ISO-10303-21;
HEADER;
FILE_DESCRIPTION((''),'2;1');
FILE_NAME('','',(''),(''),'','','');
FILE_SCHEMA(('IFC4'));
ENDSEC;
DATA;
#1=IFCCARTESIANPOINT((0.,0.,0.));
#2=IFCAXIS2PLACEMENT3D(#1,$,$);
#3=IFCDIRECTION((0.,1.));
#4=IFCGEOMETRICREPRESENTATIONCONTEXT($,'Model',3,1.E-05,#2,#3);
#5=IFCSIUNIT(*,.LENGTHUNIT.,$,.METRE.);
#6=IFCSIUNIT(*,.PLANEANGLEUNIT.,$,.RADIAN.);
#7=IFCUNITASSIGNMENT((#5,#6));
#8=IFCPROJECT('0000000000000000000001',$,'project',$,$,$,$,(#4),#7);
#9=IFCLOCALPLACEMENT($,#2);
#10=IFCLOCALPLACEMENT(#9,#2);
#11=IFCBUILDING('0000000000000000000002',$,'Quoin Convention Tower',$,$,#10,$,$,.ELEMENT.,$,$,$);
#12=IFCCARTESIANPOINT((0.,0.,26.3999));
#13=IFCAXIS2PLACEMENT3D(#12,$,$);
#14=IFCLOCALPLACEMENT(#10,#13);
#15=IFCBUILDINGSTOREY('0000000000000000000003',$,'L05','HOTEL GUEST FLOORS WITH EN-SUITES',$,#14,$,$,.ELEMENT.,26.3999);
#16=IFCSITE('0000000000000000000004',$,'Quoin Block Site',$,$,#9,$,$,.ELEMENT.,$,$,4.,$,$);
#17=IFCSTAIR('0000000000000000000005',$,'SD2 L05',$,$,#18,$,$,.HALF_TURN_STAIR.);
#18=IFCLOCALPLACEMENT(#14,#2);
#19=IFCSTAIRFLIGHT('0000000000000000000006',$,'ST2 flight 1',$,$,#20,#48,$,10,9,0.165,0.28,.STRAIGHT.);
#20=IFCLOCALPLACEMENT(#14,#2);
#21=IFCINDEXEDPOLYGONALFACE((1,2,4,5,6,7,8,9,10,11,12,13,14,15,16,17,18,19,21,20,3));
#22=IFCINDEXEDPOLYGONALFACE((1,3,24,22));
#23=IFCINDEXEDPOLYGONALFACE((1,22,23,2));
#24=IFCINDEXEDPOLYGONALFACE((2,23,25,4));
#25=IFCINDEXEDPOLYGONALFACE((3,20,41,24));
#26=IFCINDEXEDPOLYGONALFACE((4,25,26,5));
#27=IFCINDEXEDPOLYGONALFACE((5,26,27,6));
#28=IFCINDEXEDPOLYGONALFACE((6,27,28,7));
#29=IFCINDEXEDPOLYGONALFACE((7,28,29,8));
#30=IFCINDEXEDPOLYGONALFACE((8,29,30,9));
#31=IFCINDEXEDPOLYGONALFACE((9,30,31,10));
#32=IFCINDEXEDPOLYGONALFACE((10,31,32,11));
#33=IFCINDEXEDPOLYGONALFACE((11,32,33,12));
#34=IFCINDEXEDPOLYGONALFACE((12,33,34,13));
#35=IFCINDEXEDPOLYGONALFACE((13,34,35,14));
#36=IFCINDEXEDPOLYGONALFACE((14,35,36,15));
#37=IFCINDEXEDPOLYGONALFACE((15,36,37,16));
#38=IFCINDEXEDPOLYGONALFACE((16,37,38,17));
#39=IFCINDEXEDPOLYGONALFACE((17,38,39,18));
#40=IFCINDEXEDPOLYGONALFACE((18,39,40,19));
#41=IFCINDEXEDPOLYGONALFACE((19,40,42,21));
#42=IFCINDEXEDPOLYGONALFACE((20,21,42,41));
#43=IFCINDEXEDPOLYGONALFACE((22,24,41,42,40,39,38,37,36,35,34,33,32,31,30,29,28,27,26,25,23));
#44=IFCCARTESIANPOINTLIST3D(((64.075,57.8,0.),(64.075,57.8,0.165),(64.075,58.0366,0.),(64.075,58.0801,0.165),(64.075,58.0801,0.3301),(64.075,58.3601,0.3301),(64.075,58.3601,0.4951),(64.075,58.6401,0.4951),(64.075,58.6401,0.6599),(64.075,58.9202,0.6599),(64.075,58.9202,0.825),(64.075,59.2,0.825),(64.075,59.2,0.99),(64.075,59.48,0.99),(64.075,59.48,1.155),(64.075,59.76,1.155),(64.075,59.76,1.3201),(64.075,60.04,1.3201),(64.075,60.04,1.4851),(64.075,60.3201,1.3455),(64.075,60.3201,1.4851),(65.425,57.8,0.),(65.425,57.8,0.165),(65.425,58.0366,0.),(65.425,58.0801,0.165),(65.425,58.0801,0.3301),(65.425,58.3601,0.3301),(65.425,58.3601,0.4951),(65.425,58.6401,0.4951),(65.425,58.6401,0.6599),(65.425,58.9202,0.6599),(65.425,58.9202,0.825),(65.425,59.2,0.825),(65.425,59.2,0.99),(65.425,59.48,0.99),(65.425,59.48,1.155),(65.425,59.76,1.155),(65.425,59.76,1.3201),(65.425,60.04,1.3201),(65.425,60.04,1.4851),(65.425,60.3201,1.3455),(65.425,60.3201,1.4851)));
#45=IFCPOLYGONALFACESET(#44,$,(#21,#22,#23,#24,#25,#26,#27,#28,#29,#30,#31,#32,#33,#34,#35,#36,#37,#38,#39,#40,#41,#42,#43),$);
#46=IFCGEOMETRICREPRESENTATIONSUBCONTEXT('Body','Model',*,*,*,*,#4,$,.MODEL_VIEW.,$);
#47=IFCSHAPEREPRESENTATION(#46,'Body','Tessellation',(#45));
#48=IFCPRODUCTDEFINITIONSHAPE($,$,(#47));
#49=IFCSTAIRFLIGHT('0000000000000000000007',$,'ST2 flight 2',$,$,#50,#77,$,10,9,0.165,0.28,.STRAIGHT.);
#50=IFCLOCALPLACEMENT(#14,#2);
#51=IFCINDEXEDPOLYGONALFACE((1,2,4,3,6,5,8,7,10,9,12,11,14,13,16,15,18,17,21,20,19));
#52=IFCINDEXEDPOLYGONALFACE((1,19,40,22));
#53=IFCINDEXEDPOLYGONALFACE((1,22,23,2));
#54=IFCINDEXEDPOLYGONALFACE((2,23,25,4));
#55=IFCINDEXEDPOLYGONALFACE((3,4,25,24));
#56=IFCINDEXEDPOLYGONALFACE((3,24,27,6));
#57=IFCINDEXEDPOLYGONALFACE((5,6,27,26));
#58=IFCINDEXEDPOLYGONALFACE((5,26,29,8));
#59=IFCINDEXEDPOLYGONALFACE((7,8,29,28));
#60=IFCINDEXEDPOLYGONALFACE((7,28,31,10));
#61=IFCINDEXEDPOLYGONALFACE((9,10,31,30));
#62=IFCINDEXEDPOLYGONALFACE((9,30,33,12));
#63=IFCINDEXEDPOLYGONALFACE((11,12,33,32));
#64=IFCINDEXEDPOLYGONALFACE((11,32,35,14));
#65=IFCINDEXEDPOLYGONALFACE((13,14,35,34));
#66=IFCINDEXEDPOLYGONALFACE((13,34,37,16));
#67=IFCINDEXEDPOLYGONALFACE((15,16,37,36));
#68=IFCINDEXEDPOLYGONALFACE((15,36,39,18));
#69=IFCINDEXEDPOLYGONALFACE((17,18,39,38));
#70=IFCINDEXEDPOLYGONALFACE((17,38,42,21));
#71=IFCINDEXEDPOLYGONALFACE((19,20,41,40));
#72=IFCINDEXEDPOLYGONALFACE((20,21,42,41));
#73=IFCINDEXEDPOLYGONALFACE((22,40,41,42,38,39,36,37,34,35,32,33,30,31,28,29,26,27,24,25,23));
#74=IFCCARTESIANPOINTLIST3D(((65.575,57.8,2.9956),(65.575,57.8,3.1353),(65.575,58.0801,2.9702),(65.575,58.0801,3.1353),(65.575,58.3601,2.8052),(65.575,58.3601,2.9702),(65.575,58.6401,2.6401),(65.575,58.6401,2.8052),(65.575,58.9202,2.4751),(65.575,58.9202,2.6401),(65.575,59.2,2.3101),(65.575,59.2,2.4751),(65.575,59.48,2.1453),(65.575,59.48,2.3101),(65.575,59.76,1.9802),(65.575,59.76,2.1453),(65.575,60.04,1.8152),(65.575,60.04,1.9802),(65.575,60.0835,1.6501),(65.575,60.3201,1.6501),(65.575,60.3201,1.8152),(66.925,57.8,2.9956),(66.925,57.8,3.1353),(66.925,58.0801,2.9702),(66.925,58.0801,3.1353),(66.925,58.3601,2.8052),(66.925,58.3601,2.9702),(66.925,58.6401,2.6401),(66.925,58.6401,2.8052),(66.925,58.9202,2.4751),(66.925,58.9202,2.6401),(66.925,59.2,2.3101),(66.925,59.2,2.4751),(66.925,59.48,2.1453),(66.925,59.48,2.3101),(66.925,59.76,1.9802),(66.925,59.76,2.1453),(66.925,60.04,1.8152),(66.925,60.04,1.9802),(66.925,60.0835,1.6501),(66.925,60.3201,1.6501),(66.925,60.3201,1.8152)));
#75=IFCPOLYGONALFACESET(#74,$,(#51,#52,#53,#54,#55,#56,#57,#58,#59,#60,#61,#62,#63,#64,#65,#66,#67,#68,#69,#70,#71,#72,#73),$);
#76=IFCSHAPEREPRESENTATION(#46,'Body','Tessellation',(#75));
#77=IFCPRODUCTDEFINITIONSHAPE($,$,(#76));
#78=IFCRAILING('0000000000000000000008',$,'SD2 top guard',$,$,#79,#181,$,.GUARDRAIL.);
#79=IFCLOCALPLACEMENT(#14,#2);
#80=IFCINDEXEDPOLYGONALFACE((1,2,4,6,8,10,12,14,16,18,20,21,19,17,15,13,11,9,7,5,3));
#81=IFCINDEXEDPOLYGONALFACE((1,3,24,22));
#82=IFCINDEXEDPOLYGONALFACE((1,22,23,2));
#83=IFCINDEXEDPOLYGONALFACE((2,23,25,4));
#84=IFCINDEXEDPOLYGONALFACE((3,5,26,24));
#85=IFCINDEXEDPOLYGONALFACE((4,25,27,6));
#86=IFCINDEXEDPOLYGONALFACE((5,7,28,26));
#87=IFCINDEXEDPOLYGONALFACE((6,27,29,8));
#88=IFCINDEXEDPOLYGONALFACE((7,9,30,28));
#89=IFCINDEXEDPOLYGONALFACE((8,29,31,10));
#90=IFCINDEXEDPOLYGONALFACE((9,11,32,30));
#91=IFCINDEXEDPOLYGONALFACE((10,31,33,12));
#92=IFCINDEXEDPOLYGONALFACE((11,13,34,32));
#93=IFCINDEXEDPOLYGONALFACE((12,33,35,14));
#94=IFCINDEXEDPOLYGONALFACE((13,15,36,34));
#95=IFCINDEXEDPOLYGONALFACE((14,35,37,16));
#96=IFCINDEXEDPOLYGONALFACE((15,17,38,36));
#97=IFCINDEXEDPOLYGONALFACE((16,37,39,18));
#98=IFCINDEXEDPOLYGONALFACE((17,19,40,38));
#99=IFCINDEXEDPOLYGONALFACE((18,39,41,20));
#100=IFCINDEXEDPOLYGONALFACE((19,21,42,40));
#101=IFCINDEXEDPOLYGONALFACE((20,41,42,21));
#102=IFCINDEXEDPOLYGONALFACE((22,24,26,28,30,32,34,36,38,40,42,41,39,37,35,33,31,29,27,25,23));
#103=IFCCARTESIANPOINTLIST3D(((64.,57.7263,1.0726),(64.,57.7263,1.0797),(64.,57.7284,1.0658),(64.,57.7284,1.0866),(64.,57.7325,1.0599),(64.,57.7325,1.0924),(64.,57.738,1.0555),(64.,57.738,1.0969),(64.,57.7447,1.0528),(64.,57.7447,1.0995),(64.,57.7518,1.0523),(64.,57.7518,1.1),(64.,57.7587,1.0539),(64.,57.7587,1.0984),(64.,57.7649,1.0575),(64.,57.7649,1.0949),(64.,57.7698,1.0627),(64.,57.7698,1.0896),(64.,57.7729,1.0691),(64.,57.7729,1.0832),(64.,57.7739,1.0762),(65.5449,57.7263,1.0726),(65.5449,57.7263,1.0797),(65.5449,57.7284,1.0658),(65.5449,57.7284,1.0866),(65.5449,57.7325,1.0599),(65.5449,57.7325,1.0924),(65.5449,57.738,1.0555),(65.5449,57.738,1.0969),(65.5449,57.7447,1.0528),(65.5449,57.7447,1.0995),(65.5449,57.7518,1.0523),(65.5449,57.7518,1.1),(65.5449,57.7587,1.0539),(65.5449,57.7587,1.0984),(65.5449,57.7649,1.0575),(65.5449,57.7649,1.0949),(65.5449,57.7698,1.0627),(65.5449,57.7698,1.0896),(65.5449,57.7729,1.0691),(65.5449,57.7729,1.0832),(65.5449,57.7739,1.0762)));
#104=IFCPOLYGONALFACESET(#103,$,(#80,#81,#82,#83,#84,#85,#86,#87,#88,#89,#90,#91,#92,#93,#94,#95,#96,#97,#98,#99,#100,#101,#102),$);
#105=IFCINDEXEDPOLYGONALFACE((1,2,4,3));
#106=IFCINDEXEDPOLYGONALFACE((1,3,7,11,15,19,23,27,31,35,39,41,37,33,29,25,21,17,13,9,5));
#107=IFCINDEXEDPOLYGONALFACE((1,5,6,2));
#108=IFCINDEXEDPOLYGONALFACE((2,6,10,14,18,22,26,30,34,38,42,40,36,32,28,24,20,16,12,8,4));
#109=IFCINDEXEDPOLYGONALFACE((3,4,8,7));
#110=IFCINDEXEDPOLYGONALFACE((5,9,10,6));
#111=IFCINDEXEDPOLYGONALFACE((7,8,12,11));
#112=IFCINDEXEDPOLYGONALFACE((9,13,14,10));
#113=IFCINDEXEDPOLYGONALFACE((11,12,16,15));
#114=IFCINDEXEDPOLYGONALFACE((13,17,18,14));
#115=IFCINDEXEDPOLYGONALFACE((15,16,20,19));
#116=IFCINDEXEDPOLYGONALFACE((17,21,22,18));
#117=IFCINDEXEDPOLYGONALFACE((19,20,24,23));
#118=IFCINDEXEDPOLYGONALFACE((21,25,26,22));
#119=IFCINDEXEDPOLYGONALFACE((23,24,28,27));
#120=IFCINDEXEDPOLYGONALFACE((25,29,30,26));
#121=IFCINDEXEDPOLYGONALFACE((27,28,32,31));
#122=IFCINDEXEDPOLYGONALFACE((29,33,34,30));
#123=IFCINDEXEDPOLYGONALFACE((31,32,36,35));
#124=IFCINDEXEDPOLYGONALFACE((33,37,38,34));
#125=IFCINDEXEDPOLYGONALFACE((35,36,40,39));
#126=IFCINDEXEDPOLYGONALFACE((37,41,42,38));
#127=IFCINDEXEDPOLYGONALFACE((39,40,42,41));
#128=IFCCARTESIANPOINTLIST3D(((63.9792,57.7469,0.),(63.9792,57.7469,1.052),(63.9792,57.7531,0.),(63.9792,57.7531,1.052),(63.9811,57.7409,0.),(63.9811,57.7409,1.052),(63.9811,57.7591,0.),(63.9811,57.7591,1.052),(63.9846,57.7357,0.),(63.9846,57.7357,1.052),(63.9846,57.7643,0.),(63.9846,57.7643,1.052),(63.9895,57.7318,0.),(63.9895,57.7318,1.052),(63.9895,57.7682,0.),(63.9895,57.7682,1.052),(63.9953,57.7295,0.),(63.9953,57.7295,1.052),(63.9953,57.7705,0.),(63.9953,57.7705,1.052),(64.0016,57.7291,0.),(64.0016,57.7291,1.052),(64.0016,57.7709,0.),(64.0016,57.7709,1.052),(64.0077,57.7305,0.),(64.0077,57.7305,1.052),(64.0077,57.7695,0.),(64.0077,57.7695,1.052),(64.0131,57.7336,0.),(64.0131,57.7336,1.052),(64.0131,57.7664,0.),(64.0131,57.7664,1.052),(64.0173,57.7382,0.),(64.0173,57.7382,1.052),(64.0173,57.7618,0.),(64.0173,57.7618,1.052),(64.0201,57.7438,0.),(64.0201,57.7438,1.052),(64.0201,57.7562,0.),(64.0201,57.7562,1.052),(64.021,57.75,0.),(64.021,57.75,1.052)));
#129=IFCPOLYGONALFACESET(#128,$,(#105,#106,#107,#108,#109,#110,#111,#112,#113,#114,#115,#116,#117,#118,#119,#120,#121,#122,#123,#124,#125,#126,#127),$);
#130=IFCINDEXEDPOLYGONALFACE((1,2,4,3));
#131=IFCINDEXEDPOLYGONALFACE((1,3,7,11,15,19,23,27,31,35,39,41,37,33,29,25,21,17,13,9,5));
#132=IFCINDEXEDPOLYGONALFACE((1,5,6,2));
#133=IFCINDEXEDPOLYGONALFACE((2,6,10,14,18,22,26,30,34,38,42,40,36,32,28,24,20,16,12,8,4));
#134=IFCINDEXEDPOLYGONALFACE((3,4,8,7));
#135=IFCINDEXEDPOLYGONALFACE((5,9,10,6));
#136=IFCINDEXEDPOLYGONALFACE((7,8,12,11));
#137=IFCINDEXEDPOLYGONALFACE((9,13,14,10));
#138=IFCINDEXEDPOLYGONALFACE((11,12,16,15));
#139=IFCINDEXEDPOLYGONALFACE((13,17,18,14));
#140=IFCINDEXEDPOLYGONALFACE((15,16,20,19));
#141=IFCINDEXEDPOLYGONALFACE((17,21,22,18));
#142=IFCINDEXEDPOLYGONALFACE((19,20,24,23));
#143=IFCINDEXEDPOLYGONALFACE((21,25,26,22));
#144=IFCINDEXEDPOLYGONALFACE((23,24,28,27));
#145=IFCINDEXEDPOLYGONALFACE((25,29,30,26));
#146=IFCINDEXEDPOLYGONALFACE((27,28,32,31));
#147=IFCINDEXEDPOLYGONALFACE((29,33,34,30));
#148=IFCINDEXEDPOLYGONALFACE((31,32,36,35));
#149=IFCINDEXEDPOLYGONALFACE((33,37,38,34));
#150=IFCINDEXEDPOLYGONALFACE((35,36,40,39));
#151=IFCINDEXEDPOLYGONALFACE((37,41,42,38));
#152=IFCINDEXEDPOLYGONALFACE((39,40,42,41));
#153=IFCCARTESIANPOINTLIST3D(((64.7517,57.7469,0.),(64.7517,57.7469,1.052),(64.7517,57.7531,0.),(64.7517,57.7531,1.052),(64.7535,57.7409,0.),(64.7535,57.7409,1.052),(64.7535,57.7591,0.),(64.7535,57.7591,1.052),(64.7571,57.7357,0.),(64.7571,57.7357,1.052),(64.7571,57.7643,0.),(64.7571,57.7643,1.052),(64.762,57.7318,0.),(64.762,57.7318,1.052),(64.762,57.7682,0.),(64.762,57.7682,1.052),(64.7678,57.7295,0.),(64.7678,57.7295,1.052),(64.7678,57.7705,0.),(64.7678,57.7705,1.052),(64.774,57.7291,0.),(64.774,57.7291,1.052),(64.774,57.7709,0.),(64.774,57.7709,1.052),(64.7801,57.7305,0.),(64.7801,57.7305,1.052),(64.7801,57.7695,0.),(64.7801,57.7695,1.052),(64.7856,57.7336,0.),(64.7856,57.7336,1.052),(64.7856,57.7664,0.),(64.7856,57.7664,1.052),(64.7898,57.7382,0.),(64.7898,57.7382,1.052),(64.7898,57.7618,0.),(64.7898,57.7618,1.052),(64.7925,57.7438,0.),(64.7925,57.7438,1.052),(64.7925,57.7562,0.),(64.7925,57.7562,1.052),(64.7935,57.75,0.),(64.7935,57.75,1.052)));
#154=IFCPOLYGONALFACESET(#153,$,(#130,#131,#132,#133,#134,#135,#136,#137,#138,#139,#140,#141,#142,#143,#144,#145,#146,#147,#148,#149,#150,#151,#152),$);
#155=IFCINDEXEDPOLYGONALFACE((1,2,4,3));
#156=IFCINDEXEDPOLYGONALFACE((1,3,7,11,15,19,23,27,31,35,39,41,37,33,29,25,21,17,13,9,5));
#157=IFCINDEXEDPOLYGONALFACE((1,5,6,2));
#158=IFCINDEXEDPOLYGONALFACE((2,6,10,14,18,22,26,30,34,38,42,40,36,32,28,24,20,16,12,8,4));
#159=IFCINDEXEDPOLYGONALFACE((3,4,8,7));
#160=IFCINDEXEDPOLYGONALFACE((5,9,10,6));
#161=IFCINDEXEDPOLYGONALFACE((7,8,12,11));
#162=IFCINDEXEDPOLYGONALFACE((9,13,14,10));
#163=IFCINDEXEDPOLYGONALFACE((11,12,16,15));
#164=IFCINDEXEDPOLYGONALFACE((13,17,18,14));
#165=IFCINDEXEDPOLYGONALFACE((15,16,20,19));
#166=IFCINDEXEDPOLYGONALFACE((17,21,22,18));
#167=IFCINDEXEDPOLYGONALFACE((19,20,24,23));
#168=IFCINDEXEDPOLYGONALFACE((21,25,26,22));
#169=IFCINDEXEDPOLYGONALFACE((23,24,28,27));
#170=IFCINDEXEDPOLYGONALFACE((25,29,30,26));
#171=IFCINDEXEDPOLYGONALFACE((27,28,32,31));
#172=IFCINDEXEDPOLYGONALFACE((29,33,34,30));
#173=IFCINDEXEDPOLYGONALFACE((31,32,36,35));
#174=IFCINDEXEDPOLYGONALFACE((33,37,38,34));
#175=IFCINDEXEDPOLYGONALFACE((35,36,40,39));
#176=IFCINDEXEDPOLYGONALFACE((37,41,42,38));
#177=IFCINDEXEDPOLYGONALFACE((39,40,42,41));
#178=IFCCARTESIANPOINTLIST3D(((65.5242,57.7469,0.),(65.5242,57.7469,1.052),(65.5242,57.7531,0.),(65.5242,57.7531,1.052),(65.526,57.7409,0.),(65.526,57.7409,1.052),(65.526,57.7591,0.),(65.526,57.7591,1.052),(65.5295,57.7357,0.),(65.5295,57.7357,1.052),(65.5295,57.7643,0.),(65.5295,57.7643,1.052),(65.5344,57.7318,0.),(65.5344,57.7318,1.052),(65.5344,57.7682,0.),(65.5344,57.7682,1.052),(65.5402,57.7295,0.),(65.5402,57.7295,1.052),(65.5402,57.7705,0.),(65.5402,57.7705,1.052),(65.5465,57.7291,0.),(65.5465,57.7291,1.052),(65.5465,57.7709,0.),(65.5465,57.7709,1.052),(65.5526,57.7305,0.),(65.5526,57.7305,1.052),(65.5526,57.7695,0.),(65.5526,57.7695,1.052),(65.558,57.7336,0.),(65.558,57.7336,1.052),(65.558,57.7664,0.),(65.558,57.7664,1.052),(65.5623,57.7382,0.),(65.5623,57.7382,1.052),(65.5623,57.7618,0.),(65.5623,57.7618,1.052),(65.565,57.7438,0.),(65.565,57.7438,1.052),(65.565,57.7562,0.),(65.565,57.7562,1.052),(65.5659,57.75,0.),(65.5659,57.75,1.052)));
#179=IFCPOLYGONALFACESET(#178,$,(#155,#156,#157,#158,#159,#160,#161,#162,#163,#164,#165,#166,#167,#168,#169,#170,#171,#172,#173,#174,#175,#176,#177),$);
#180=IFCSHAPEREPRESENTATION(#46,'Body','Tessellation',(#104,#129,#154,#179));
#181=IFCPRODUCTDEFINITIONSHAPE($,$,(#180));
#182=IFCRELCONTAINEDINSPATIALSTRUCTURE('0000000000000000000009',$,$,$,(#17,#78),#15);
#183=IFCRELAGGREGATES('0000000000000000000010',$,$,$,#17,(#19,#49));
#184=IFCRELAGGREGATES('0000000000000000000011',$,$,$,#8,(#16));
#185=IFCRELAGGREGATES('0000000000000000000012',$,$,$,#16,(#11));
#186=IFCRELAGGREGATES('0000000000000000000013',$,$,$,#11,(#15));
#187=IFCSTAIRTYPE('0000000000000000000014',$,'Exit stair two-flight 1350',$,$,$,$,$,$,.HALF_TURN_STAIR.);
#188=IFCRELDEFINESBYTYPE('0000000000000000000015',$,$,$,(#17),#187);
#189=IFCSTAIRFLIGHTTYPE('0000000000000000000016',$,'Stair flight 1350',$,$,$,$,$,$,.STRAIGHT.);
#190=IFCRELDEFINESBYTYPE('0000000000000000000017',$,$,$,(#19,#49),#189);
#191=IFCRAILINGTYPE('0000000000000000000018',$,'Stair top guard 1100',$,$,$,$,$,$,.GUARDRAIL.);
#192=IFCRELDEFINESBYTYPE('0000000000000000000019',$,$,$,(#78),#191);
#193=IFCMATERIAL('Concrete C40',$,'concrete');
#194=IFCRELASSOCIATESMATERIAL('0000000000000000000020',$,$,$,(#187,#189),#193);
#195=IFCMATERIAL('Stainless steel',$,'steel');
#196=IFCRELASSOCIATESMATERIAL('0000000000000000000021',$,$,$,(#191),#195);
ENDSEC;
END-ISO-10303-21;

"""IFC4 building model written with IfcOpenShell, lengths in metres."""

from ifc_helpers import new_model, si_unit, direction, frame, origin, origin_2d, place, context, subcontext, project, spatial, polyline, circle, outline, extrude, material, type_object, element, aggregate, save


model = new_model("IFC4")

# Units and contexts
model_context = context("Model", 3, precision=1e-05, world=origin(), true_north=direction((0.0, 1.0)))
body_context = subcontext(model_context, "Body", "Model", "MODEL_VIEW")
ifc_project = project(units=[si_unit("LENGTHUNIT", "METRE"), si_unit("PLANEANGLEUNIT", "RADIAN")], contexts=[model_context])

# Site, building, storey
site_placement = place(None, origin())
site = spatial("IfcSite", under=ifc_project, at=site_placement, Name="Quoin Block Site", CompositionType="ELEMENT", RefElevation=4.0)
building_placement = place(site_placement, origin())
building = spatial("IfcBuilding", under=site, at=building_placement, Name="Quoin Convention Tower", CompositionType="ELEMENT")
storey_placement = place(building_placement, frame((0.0, 0.0, 26.3999)))
storey = spatial("IfcBuildingStorey", under=building, at=storey_placement, Name="L05", Description="HOTEL GUEST FLOORS WITH EN-SUITES", CompositionType="ELEMENT", Elevation=26.3999)

# Stair, stair flights
ifc_material_1 = material(Name="Concrete C40", Category="concrete")
stair_type = type_object("IfcStairType", Name="Exit stair two-flight 1350", PredefinedType="HALF_TURN_STAIR", material=ifc_material_1)
stair_placement = place(storey_placement, origin())
stair = element("IfcStair", 1, at=stair_placement, inside=storey, type_object=stair_type, Name="SD2 L05", PredefinedType="HALF_TURN_STAIR")
stair_flight_type = type_object("IfcStairFlightType", Name="Stair flight 1350", PredefinedType="STRAIGHT", material=ifc_material_1)
stair_flight_1_placement = place(storey_placement, frame((64.75, 57.8, 0.0), z_axis=(0.0, 0.0, 1.0), x_axis=(0.0, 1.0, 0.0)))
stair_flight_1 = element("IfcStairFlight", 2, at=stair_flight_1_placement, type_object=stair_flight_type, Name="ST2 flight 1", NumberOfRisers=10, NumberOfTreads=9, PredefinedType="STRAIGHT", RiserHeight=0.165, TreadLength=0.28, context=body_context, shape_type="SweptSolid", body=[
    extrude(outline(polyline([(0.0, 0.0), (0.0, 0.165), (0.28, 0.165), (0.28, 0.3301), (0.5601, 0.3301), (0.5601, 0.4951), (0.8401, 0.4951), (0.8401, 0.6599), (1.1201, 0.6599), (1.1201, 0.825), (1.3999, 0.825), (1.3999, 0.99), (1.6799, 0.99), (1.6799, 1.155), (1.96, 1.155), (1.96, 1.3201), (2.24, 1.3201), (2.24, 1.4851), (2.52, 1.4851), (2.52, 1.6499), (2.52, 1.3455), (0.2366, 0.0), (0.0, 0.0)])), frame((0.0, 0.675, 0.0), z_axis=(0.0, -1.0, 0.0), x_axis=(1.0, 0.0, 0.0)), (0.0, 0.0, 1.0), 1.3501),
])
stair_flight_2_placement = place(storey_placement, frame((66.25, 60.3201, 1.6501), z_axis=(0.0, 0.0, 1.0), x_axis=(0.0, -1.0, 0.0)))
stair_flight_2 = element("IfcStairFlight", 3, at=stair_flight_2_placement, type_object=stair_flight_type, Name="ST2 flight 2", NumberOfRisers=10, NumberOfTreads=9, PredefinedType="STRAIGHT", RiserHeight=0.165, TreadLength=0.28, context=body_context, shape_type="SweptSolid", body=[
    extrude(outline(polyline([(0.0, 0.0), (0.0, 0.165), (0.28, 0.165), (0.28, 0.3301), (0.5601, 0.3301), (0.5601, 0.4951), (0.8401, 0.4951), (0.8401, 0.6599), (1.1201, 0.6599), (1.1201, 0.825), (1.3999, 0.825), (1.3999, 0.99), (1.6799, 0.99), (1.6799, 1.155), (1.96, 1.155), (1.96, 1.3201), (2.24, 1.3201), (2.24, 1.4851), (2.52, 1.4851), (2.52, 1.6499), (2.52, 1.3455), (0.2366, 0.0), (0.0, 0.0)])), frame((0.0, 0.675, 0.0), z_axis=(0.0, -1.0, 0.0), x_axis=(1.0, 0.0, 0.0)), (0.0, 0.0, 1.0), 1.3501),
])
aggregate(stair, [stair_flight_1, stair_flight_2])

# Railing
ifc_material_2 = material(Name="Stainless steel", Category="steel")
railing_type_1 = type_object("IfcRailingType", Name="Stair top guard 1100", PredefinedType="GUARDRAIL", material=ifc_material_2)
railing_1_placement = place(storey_placement, frame((64.0, 57.75, 0.0)))
element("IfcRailing", 4, at=railing_1_placement, inside=storey, type_object=railing_type_1, Name="SD2 top guard", PredefinedType="GUARDRAIL", context=body_context, shape_type="SweptSolid", body=[
    extrude(circle(Radius=0.0239, at=origin_2d()), frame((0.0, 0.0, 1.0762), z_axis=(1.0, 0.0, 0.0), x_axis=(0.0, 1.0, 0.0)), (0.0, 0.0, 1.0), 1.5449),
    extrude(circle(Radius=0.021, at=origin_2d()), origin(), (0.0, 0.0, 1.0), 1.052),
    extrude(circle(Radius=0.021, at=origin_2d()), frame((0.7725, 0.0, 0.0)), (0.0, 0.0, 1.0), 1.052),
    extrude(circle(Radius=0.021, at=origin_2d()), frame((1.5449, 0.0, 0.0)), (0.0, 0.0, 1.0), 1.052),
])

save(model, "model.ifc")
